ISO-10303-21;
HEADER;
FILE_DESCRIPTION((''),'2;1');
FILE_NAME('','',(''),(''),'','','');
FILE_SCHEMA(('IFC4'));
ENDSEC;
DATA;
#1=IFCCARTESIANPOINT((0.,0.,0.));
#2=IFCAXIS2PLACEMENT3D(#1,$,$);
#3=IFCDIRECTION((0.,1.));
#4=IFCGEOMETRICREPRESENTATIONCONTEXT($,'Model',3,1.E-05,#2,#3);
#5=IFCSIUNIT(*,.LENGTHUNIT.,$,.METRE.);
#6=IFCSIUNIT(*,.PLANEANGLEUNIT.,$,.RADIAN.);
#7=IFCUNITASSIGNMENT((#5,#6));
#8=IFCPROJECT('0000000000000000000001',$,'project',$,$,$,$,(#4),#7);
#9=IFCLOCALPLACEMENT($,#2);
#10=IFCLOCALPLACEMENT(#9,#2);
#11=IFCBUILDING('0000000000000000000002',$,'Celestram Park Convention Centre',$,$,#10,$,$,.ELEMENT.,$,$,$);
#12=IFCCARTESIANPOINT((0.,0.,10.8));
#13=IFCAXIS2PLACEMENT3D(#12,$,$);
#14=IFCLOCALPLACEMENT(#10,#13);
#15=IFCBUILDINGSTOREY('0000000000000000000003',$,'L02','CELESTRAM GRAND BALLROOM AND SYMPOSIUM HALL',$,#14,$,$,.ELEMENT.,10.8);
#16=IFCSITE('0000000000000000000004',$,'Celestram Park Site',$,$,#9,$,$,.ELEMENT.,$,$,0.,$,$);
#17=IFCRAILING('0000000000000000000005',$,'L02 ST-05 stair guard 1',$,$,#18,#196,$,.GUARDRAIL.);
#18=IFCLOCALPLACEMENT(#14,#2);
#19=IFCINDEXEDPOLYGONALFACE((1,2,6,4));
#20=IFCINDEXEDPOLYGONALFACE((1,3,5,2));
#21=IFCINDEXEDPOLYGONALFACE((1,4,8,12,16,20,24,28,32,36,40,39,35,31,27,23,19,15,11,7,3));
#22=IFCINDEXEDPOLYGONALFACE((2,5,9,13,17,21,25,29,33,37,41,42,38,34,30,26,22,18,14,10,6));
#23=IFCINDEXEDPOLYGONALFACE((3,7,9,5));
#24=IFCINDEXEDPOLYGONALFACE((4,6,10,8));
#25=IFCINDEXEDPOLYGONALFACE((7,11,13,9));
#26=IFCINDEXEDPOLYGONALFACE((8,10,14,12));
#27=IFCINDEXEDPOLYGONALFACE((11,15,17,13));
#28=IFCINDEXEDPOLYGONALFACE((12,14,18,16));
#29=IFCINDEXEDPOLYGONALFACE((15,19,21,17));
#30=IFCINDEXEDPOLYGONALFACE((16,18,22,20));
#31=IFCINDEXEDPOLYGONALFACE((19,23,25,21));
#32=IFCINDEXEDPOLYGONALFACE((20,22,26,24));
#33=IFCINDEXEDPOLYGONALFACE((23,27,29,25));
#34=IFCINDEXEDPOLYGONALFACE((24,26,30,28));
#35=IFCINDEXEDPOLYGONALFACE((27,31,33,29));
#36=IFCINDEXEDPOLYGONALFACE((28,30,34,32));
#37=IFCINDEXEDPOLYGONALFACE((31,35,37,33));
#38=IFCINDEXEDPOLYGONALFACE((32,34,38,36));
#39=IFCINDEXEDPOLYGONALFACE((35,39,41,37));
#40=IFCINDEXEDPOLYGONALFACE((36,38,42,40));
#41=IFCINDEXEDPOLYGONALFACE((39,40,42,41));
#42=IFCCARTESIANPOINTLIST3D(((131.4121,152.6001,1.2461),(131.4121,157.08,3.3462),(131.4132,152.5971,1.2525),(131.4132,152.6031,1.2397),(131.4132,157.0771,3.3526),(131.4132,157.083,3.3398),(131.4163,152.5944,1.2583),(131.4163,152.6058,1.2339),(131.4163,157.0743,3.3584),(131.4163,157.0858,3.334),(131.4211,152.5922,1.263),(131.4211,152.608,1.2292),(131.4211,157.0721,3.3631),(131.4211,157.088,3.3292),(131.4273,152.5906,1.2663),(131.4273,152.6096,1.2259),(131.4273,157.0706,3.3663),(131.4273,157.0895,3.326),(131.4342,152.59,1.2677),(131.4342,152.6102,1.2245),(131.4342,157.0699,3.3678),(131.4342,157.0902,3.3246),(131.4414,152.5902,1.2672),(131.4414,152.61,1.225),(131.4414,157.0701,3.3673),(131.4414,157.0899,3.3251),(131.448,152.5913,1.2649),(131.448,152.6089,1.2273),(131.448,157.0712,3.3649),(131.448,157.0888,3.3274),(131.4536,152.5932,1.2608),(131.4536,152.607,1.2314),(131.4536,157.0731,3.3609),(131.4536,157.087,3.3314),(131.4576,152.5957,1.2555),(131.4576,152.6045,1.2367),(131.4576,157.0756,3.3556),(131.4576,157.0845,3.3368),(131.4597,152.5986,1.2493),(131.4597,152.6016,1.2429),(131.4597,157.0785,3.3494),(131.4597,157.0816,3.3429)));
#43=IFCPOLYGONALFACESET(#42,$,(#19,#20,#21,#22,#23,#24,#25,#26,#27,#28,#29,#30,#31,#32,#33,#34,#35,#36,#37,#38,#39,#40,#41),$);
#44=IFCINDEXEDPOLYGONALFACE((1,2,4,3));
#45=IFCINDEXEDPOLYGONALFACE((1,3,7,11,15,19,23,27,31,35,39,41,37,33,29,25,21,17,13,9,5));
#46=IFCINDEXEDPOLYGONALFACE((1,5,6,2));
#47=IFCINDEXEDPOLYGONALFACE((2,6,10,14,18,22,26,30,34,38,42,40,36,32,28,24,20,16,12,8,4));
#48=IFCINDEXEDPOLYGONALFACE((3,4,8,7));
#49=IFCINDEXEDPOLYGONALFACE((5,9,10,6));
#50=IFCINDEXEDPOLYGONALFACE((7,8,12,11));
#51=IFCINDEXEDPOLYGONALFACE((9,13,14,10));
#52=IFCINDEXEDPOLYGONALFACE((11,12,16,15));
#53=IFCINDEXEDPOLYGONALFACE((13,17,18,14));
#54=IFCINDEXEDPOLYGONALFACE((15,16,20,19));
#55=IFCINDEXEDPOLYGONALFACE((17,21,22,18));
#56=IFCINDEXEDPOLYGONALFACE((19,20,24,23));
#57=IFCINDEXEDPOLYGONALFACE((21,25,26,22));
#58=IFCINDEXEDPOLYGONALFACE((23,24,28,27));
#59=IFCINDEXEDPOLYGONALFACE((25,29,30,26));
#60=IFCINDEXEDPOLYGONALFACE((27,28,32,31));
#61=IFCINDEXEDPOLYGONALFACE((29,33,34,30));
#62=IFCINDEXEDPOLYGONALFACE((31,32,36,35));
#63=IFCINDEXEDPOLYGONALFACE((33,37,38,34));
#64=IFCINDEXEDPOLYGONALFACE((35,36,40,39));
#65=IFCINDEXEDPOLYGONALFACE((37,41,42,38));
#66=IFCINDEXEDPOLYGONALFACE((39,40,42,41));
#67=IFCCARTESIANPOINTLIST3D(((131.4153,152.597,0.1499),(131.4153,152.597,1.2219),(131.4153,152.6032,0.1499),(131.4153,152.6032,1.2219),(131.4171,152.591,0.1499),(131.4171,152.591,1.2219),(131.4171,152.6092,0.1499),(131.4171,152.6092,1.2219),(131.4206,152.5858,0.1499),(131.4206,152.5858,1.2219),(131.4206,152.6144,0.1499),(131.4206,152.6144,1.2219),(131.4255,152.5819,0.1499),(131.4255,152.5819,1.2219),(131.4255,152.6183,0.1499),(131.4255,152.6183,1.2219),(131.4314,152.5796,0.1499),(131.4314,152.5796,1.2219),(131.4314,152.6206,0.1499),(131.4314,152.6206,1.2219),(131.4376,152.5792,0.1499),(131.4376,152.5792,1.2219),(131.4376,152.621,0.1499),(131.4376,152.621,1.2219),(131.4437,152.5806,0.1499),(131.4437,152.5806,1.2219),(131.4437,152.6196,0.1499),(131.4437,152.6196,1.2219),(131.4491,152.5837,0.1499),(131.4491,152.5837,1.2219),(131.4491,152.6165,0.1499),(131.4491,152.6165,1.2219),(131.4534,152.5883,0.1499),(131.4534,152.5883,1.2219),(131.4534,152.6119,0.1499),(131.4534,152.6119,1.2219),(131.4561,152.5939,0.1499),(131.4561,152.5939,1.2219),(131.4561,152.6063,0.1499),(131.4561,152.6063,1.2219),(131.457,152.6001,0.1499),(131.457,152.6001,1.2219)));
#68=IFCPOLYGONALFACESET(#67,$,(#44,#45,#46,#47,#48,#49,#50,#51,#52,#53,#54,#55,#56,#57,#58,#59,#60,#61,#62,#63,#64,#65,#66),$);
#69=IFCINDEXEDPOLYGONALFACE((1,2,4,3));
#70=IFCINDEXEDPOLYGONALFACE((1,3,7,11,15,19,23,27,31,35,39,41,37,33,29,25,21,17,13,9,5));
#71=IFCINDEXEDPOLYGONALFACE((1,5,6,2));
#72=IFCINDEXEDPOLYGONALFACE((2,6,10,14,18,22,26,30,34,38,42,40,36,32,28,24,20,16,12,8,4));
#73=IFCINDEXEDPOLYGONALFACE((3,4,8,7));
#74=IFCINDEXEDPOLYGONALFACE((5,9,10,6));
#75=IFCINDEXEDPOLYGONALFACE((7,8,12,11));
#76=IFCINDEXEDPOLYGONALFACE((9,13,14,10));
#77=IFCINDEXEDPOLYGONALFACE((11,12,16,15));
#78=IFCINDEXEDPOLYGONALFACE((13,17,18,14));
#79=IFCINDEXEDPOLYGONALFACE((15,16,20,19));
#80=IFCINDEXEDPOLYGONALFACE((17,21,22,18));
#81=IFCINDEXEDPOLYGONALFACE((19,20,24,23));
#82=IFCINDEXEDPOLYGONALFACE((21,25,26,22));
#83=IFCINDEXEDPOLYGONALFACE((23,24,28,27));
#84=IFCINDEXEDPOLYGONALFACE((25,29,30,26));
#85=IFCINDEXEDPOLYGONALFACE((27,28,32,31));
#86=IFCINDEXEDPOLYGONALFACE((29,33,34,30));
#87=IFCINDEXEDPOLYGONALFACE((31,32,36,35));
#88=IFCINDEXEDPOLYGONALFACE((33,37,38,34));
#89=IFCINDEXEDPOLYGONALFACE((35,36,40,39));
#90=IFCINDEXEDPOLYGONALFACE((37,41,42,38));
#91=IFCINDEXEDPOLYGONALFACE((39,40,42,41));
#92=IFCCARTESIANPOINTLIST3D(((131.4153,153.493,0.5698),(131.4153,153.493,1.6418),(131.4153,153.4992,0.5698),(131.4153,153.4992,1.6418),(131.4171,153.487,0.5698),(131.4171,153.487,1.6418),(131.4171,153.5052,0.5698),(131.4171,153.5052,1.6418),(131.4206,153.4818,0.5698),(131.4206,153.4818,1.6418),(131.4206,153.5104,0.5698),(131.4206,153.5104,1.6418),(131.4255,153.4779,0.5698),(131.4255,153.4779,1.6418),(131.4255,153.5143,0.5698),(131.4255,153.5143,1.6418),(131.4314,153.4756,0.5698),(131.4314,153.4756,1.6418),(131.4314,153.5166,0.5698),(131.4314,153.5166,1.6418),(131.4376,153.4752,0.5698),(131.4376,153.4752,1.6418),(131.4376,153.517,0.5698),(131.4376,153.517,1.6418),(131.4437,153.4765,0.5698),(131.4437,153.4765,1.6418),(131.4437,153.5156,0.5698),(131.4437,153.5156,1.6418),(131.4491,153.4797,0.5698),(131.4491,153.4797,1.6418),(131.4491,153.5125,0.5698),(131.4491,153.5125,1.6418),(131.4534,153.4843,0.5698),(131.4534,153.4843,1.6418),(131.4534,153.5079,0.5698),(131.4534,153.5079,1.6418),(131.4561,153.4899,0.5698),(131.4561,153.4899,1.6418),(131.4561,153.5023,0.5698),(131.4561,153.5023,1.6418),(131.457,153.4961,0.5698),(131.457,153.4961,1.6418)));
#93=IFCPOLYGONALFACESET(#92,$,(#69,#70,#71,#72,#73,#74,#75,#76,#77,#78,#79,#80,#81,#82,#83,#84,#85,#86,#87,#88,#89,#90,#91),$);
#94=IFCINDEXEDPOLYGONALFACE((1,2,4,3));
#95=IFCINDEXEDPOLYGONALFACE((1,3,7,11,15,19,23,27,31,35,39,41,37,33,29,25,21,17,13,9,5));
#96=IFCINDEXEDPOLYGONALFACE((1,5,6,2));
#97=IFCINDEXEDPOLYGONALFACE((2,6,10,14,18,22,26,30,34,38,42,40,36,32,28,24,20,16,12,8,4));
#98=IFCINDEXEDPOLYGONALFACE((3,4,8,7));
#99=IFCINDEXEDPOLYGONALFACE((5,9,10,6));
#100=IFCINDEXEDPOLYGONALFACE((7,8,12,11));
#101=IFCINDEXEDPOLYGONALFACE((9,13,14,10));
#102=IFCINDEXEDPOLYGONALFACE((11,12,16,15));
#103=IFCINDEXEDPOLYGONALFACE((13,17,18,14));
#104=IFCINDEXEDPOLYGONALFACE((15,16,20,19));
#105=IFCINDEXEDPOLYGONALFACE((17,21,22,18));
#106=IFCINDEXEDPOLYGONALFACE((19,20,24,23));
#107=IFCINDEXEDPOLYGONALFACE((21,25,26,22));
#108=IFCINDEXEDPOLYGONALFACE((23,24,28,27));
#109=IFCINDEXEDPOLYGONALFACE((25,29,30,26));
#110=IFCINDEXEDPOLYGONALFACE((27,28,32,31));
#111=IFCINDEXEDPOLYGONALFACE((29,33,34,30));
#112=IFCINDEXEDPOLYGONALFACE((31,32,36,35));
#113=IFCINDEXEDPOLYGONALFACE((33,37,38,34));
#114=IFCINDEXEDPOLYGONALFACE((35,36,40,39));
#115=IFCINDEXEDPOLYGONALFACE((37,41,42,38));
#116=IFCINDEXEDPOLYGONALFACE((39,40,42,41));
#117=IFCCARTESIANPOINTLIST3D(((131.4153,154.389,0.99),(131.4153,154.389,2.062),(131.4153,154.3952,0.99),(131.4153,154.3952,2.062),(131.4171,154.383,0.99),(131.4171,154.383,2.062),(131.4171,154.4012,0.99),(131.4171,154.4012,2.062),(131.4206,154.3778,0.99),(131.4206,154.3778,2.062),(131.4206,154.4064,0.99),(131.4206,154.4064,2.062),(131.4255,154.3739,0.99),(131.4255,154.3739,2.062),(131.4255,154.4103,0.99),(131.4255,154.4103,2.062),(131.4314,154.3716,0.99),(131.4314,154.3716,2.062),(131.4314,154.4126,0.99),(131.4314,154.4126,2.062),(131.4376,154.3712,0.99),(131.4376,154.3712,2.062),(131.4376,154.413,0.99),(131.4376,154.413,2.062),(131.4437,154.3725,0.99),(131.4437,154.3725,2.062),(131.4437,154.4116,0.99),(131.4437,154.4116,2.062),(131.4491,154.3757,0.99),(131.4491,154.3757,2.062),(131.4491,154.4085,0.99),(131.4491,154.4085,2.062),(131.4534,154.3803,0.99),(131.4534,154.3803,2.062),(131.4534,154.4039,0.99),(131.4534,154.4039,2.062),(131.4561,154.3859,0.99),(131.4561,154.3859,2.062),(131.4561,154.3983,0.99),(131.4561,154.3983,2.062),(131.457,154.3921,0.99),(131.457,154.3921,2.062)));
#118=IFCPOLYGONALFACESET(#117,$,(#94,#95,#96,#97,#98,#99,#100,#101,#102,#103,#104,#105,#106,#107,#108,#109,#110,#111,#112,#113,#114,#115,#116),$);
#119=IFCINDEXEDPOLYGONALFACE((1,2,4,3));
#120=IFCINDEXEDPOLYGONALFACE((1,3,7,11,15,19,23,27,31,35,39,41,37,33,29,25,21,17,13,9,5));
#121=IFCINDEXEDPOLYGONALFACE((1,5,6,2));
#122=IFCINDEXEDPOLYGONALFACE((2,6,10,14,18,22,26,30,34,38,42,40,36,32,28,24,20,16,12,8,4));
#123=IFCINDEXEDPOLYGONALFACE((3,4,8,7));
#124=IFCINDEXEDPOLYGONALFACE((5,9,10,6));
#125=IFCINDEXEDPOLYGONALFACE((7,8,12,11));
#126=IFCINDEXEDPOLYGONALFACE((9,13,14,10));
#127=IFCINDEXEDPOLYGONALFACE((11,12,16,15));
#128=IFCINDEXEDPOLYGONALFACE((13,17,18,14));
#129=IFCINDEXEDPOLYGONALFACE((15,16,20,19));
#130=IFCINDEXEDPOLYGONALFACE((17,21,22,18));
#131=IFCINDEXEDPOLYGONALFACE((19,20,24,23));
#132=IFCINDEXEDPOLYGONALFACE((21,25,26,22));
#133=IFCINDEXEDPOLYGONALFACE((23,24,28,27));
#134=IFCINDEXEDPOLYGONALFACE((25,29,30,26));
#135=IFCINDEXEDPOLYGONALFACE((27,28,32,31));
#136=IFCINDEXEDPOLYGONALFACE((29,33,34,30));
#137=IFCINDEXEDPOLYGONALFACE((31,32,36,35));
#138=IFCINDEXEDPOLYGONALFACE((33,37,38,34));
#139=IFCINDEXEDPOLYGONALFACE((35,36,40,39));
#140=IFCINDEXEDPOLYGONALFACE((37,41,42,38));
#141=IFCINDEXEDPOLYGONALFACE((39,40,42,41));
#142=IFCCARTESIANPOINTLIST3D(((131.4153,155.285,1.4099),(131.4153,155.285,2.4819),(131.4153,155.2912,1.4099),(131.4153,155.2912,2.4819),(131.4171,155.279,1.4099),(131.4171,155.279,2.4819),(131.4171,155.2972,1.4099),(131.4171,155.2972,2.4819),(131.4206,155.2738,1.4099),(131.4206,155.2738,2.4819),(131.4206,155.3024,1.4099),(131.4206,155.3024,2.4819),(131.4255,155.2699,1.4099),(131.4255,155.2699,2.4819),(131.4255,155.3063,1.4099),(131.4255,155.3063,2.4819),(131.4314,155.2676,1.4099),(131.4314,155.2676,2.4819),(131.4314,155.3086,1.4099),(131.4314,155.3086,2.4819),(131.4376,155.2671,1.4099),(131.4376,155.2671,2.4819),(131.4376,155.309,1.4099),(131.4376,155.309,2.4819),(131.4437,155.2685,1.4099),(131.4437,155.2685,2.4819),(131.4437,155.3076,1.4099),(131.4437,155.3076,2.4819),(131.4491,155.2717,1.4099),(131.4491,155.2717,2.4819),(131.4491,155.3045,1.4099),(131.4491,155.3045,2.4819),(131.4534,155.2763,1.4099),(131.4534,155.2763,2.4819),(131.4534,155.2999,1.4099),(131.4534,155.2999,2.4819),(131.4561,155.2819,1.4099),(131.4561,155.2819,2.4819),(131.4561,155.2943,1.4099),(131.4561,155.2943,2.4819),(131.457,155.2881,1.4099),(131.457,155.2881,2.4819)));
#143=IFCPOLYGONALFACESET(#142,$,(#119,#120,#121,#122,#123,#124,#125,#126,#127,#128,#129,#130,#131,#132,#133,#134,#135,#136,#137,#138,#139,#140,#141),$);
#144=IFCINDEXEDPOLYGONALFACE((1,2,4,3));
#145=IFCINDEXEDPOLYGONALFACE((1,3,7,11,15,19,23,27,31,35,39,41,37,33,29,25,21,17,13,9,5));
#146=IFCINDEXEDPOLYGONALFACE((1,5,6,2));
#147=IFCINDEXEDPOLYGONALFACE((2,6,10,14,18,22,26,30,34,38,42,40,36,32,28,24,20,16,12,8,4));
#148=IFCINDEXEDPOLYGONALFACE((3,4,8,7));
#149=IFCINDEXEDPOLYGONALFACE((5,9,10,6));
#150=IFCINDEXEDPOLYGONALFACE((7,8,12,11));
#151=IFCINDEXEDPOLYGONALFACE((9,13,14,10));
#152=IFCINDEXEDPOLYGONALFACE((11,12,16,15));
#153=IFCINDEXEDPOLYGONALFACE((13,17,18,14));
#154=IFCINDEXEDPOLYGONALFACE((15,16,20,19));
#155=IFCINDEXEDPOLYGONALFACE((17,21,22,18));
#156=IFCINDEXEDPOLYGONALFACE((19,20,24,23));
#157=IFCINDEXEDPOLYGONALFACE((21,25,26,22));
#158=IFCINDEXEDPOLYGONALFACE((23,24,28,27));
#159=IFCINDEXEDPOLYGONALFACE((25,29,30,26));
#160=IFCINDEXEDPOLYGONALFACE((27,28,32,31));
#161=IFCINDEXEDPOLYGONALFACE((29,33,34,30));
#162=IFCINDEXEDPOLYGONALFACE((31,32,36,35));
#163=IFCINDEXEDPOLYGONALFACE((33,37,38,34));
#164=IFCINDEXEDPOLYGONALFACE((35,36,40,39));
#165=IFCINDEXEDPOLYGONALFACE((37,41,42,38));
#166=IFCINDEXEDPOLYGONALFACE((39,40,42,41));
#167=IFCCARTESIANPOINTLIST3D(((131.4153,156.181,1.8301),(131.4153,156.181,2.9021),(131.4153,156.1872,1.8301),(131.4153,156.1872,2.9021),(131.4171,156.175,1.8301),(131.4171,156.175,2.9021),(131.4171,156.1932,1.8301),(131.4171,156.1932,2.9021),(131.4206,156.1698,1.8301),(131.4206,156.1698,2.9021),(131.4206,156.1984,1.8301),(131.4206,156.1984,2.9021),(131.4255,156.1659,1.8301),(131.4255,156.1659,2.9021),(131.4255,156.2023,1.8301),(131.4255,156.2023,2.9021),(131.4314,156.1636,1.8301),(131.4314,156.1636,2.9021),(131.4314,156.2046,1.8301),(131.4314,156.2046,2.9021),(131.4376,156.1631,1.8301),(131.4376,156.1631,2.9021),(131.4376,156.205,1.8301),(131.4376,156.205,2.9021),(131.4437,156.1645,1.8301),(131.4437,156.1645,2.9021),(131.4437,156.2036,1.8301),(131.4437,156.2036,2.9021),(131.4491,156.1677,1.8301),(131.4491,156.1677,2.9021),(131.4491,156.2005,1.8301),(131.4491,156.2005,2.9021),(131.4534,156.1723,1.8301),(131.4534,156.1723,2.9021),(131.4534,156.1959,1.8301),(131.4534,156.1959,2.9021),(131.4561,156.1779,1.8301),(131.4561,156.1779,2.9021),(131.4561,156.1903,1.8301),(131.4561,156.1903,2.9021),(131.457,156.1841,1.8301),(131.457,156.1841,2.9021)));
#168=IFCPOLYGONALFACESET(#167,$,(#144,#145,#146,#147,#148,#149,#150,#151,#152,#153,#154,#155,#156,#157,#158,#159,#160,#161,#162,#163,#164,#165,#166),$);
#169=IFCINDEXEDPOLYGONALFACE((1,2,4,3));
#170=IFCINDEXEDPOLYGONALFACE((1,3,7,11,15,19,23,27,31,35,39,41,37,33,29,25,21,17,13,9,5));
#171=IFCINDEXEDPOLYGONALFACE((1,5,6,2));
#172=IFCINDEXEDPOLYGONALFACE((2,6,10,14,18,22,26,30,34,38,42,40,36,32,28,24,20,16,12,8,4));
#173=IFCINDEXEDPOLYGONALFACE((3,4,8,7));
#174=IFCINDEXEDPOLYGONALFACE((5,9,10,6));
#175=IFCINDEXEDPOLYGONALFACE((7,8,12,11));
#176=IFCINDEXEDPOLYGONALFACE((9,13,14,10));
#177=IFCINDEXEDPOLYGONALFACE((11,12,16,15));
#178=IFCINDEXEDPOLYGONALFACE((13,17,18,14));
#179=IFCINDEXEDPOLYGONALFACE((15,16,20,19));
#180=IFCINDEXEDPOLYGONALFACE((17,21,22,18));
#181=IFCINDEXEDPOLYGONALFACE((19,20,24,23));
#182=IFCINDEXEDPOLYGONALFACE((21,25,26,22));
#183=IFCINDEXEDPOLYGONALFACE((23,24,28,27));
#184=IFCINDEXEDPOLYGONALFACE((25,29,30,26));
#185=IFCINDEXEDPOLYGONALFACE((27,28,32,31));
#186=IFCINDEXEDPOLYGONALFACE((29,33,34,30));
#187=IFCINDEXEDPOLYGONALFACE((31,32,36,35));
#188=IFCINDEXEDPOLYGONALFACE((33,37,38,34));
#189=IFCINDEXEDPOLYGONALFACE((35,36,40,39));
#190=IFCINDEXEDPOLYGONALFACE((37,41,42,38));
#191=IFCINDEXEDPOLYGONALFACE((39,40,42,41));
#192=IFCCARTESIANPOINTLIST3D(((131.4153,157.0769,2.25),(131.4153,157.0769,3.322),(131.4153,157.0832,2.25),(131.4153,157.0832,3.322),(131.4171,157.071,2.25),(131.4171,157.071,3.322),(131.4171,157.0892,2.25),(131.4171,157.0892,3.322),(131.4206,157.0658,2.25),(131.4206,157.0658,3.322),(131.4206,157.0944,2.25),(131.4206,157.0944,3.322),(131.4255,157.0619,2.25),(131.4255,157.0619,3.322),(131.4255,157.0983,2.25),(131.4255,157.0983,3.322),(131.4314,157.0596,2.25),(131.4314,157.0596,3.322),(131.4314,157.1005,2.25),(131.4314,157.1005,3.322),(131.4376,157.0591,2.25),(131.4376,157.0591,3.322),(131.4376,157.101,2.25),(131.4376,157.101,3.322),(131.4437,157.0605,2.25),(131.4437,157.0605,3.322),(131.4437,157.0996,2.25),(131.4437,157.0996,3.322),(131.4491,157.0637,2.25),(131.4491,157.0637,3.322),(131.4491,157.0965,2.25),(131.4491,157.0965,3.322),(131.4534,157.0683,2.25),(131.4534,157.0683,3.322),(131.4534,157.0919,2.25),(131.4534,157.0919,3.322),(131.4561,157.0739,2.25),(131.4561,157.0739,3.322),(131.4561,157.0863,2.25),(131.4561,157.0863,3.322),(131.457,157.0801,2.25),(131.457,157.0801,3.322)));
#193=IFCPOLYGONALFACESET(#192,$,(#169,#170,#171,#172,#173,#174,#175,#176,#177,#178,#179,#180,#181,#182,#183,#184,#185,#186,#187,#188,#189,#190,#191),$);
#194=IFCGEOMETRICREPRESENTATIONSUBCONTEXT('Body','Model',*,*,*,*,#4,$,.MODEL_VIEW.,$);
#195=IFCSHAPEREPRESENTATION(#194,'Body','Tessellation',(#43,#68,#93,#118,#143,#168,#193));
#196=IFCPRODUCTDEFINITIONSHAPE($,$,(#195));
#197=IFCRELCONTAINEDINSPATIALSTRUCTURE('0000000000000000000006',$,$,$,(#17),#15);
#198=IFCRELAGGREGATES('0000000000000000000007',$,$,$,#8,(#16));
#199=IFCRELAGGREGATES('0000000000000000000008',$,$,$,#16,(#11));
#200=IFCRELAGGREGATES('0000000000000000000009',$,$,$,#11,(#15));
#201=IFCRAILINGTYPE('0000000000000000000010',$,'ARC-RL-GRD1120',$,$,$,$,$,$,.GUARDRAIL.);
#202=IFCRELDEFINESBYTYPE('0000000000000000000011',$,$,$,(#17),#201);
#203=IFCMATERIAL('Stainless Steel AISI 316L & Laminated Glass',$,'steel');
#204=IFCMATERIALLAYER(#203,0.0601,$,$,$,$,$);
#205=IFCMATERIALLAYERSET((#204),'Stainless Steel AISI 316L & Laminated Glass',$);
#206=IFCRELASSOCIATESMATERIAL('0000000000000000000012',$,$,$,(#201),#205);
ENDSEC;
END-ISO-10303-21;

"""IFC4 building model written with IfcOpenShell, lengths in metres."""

from ifc_helpers import new_model, si_unit, direction, frame, origin, origin_2d, place, context, subcontext, project, spatial, circle, extrude, material, layer, layer_set, type_object, element, save


model = new_model("IFC4")

# Units and contexts
model_context = context("Model", 3, precision=1e-05, world=origin(), true_north=direction((0.0, 1.0)))
body_context = subcontext(model_context, "Body", "Model", "MODEL_VIEW")
ifc_project = project(units=[si_unit("LENGTHUNIT", "METRE"), si_unit("PLANEANGLEUNIT", "RADIAN")], contexts=[model_context])

# Site, building, storey
site_placement = place(None, origin())
site = spatial("IfcSite", under=ifc_project, at=site_placement, Name="Celestram Park Site", CompositionType="ELEMENT", RefElevation=0.0)
building_placement = place(site_placement, origin())
building = spatial("IfcBuilding", under=site, at=building_placement, Name="Celestram Park Convention Centre", CompositionType="ELEMENT")
storey_placement = place(building_placement, frame((0.0, 0.0, 10.8)))
storey = spatial("IfcBuildingStorey", under=building, at=storey_placement, Name="L02", Description="CELESTRAM GRAND BALLROOM AND SYMPOSIUM HALL", CompositionType="ELEMENT", Elevation=10.8)

# Railing
ifc_material_1 = material(Name="Stainless Steel AISI 316L & Laminated Glass", Category="steel")
ifc_layer_1 = layer(ifc_material_1, 0.0601)
ifc_layer_set_1 = layer_set([ifc_layer_1], Name="Stainless Steel AISI 316L & Laminated Glass")
railing_type_1 = type_object("IfcRailingType", Name="ARC-RL-GRD1120", PredefinedType="GUARDRAIL", material=ifc_layer_set_1)
railing_1_placement = place(storey_placement, frame((131.436, 152.6001, 0.1499)))
element("IfcRailing", 1, at=railing_1_placement, inside=storey, type_object=railing_type_1, Name="L02 ST-05 stair guard 1", PredefinedType="GUARDRAIL", context=body_context, shape_type="SweptSolid", body=[
    extrude(circle(Radius=0.0239, at=origin_2d()), frame((0.0, 0.0, 1.0962), z_axis=(0.0, 0.905451, 0.424452), x_axis=(-1.0, 0.0, 0.0)), (0.0, 0.0, 1.0), 4.9478),
    extrude(circle(Radius=0.021, at=origin_2d()), origin(), (0.0, 0.0, 1.0), 1.072),
    extrude(circle(Radius=0.021, at=origin_2d()), frame((0.0, 0.896, 0.4199)), (0.0, 0.0, 1.0), 1.072),
    extrude(circle(Radius=0.021, at=origin_2d()), frame((0.0, 1.792, 0.8401)), (0.0, 0.0, 1.0), 1.072),
    extrude(circle(Radius=0.021, at=origin_2d()), frame((0.0, 2.688, 1.26)), (0.0, 0.0, 1.0), 1.072),
    extrude(circle(Radius=0.021, at=origin_2d()), frame((0.0, 3.584, 1.6802)), (0.0, 0.0, 1.0), 1.072),
    extrude(circle(Radius=0.021, at=origin_2d()), frame((0.0, 4.48, 2.1001)), (0.0, 0.0, 1.0), 1.072),
])

save(model, "model.ifc")
